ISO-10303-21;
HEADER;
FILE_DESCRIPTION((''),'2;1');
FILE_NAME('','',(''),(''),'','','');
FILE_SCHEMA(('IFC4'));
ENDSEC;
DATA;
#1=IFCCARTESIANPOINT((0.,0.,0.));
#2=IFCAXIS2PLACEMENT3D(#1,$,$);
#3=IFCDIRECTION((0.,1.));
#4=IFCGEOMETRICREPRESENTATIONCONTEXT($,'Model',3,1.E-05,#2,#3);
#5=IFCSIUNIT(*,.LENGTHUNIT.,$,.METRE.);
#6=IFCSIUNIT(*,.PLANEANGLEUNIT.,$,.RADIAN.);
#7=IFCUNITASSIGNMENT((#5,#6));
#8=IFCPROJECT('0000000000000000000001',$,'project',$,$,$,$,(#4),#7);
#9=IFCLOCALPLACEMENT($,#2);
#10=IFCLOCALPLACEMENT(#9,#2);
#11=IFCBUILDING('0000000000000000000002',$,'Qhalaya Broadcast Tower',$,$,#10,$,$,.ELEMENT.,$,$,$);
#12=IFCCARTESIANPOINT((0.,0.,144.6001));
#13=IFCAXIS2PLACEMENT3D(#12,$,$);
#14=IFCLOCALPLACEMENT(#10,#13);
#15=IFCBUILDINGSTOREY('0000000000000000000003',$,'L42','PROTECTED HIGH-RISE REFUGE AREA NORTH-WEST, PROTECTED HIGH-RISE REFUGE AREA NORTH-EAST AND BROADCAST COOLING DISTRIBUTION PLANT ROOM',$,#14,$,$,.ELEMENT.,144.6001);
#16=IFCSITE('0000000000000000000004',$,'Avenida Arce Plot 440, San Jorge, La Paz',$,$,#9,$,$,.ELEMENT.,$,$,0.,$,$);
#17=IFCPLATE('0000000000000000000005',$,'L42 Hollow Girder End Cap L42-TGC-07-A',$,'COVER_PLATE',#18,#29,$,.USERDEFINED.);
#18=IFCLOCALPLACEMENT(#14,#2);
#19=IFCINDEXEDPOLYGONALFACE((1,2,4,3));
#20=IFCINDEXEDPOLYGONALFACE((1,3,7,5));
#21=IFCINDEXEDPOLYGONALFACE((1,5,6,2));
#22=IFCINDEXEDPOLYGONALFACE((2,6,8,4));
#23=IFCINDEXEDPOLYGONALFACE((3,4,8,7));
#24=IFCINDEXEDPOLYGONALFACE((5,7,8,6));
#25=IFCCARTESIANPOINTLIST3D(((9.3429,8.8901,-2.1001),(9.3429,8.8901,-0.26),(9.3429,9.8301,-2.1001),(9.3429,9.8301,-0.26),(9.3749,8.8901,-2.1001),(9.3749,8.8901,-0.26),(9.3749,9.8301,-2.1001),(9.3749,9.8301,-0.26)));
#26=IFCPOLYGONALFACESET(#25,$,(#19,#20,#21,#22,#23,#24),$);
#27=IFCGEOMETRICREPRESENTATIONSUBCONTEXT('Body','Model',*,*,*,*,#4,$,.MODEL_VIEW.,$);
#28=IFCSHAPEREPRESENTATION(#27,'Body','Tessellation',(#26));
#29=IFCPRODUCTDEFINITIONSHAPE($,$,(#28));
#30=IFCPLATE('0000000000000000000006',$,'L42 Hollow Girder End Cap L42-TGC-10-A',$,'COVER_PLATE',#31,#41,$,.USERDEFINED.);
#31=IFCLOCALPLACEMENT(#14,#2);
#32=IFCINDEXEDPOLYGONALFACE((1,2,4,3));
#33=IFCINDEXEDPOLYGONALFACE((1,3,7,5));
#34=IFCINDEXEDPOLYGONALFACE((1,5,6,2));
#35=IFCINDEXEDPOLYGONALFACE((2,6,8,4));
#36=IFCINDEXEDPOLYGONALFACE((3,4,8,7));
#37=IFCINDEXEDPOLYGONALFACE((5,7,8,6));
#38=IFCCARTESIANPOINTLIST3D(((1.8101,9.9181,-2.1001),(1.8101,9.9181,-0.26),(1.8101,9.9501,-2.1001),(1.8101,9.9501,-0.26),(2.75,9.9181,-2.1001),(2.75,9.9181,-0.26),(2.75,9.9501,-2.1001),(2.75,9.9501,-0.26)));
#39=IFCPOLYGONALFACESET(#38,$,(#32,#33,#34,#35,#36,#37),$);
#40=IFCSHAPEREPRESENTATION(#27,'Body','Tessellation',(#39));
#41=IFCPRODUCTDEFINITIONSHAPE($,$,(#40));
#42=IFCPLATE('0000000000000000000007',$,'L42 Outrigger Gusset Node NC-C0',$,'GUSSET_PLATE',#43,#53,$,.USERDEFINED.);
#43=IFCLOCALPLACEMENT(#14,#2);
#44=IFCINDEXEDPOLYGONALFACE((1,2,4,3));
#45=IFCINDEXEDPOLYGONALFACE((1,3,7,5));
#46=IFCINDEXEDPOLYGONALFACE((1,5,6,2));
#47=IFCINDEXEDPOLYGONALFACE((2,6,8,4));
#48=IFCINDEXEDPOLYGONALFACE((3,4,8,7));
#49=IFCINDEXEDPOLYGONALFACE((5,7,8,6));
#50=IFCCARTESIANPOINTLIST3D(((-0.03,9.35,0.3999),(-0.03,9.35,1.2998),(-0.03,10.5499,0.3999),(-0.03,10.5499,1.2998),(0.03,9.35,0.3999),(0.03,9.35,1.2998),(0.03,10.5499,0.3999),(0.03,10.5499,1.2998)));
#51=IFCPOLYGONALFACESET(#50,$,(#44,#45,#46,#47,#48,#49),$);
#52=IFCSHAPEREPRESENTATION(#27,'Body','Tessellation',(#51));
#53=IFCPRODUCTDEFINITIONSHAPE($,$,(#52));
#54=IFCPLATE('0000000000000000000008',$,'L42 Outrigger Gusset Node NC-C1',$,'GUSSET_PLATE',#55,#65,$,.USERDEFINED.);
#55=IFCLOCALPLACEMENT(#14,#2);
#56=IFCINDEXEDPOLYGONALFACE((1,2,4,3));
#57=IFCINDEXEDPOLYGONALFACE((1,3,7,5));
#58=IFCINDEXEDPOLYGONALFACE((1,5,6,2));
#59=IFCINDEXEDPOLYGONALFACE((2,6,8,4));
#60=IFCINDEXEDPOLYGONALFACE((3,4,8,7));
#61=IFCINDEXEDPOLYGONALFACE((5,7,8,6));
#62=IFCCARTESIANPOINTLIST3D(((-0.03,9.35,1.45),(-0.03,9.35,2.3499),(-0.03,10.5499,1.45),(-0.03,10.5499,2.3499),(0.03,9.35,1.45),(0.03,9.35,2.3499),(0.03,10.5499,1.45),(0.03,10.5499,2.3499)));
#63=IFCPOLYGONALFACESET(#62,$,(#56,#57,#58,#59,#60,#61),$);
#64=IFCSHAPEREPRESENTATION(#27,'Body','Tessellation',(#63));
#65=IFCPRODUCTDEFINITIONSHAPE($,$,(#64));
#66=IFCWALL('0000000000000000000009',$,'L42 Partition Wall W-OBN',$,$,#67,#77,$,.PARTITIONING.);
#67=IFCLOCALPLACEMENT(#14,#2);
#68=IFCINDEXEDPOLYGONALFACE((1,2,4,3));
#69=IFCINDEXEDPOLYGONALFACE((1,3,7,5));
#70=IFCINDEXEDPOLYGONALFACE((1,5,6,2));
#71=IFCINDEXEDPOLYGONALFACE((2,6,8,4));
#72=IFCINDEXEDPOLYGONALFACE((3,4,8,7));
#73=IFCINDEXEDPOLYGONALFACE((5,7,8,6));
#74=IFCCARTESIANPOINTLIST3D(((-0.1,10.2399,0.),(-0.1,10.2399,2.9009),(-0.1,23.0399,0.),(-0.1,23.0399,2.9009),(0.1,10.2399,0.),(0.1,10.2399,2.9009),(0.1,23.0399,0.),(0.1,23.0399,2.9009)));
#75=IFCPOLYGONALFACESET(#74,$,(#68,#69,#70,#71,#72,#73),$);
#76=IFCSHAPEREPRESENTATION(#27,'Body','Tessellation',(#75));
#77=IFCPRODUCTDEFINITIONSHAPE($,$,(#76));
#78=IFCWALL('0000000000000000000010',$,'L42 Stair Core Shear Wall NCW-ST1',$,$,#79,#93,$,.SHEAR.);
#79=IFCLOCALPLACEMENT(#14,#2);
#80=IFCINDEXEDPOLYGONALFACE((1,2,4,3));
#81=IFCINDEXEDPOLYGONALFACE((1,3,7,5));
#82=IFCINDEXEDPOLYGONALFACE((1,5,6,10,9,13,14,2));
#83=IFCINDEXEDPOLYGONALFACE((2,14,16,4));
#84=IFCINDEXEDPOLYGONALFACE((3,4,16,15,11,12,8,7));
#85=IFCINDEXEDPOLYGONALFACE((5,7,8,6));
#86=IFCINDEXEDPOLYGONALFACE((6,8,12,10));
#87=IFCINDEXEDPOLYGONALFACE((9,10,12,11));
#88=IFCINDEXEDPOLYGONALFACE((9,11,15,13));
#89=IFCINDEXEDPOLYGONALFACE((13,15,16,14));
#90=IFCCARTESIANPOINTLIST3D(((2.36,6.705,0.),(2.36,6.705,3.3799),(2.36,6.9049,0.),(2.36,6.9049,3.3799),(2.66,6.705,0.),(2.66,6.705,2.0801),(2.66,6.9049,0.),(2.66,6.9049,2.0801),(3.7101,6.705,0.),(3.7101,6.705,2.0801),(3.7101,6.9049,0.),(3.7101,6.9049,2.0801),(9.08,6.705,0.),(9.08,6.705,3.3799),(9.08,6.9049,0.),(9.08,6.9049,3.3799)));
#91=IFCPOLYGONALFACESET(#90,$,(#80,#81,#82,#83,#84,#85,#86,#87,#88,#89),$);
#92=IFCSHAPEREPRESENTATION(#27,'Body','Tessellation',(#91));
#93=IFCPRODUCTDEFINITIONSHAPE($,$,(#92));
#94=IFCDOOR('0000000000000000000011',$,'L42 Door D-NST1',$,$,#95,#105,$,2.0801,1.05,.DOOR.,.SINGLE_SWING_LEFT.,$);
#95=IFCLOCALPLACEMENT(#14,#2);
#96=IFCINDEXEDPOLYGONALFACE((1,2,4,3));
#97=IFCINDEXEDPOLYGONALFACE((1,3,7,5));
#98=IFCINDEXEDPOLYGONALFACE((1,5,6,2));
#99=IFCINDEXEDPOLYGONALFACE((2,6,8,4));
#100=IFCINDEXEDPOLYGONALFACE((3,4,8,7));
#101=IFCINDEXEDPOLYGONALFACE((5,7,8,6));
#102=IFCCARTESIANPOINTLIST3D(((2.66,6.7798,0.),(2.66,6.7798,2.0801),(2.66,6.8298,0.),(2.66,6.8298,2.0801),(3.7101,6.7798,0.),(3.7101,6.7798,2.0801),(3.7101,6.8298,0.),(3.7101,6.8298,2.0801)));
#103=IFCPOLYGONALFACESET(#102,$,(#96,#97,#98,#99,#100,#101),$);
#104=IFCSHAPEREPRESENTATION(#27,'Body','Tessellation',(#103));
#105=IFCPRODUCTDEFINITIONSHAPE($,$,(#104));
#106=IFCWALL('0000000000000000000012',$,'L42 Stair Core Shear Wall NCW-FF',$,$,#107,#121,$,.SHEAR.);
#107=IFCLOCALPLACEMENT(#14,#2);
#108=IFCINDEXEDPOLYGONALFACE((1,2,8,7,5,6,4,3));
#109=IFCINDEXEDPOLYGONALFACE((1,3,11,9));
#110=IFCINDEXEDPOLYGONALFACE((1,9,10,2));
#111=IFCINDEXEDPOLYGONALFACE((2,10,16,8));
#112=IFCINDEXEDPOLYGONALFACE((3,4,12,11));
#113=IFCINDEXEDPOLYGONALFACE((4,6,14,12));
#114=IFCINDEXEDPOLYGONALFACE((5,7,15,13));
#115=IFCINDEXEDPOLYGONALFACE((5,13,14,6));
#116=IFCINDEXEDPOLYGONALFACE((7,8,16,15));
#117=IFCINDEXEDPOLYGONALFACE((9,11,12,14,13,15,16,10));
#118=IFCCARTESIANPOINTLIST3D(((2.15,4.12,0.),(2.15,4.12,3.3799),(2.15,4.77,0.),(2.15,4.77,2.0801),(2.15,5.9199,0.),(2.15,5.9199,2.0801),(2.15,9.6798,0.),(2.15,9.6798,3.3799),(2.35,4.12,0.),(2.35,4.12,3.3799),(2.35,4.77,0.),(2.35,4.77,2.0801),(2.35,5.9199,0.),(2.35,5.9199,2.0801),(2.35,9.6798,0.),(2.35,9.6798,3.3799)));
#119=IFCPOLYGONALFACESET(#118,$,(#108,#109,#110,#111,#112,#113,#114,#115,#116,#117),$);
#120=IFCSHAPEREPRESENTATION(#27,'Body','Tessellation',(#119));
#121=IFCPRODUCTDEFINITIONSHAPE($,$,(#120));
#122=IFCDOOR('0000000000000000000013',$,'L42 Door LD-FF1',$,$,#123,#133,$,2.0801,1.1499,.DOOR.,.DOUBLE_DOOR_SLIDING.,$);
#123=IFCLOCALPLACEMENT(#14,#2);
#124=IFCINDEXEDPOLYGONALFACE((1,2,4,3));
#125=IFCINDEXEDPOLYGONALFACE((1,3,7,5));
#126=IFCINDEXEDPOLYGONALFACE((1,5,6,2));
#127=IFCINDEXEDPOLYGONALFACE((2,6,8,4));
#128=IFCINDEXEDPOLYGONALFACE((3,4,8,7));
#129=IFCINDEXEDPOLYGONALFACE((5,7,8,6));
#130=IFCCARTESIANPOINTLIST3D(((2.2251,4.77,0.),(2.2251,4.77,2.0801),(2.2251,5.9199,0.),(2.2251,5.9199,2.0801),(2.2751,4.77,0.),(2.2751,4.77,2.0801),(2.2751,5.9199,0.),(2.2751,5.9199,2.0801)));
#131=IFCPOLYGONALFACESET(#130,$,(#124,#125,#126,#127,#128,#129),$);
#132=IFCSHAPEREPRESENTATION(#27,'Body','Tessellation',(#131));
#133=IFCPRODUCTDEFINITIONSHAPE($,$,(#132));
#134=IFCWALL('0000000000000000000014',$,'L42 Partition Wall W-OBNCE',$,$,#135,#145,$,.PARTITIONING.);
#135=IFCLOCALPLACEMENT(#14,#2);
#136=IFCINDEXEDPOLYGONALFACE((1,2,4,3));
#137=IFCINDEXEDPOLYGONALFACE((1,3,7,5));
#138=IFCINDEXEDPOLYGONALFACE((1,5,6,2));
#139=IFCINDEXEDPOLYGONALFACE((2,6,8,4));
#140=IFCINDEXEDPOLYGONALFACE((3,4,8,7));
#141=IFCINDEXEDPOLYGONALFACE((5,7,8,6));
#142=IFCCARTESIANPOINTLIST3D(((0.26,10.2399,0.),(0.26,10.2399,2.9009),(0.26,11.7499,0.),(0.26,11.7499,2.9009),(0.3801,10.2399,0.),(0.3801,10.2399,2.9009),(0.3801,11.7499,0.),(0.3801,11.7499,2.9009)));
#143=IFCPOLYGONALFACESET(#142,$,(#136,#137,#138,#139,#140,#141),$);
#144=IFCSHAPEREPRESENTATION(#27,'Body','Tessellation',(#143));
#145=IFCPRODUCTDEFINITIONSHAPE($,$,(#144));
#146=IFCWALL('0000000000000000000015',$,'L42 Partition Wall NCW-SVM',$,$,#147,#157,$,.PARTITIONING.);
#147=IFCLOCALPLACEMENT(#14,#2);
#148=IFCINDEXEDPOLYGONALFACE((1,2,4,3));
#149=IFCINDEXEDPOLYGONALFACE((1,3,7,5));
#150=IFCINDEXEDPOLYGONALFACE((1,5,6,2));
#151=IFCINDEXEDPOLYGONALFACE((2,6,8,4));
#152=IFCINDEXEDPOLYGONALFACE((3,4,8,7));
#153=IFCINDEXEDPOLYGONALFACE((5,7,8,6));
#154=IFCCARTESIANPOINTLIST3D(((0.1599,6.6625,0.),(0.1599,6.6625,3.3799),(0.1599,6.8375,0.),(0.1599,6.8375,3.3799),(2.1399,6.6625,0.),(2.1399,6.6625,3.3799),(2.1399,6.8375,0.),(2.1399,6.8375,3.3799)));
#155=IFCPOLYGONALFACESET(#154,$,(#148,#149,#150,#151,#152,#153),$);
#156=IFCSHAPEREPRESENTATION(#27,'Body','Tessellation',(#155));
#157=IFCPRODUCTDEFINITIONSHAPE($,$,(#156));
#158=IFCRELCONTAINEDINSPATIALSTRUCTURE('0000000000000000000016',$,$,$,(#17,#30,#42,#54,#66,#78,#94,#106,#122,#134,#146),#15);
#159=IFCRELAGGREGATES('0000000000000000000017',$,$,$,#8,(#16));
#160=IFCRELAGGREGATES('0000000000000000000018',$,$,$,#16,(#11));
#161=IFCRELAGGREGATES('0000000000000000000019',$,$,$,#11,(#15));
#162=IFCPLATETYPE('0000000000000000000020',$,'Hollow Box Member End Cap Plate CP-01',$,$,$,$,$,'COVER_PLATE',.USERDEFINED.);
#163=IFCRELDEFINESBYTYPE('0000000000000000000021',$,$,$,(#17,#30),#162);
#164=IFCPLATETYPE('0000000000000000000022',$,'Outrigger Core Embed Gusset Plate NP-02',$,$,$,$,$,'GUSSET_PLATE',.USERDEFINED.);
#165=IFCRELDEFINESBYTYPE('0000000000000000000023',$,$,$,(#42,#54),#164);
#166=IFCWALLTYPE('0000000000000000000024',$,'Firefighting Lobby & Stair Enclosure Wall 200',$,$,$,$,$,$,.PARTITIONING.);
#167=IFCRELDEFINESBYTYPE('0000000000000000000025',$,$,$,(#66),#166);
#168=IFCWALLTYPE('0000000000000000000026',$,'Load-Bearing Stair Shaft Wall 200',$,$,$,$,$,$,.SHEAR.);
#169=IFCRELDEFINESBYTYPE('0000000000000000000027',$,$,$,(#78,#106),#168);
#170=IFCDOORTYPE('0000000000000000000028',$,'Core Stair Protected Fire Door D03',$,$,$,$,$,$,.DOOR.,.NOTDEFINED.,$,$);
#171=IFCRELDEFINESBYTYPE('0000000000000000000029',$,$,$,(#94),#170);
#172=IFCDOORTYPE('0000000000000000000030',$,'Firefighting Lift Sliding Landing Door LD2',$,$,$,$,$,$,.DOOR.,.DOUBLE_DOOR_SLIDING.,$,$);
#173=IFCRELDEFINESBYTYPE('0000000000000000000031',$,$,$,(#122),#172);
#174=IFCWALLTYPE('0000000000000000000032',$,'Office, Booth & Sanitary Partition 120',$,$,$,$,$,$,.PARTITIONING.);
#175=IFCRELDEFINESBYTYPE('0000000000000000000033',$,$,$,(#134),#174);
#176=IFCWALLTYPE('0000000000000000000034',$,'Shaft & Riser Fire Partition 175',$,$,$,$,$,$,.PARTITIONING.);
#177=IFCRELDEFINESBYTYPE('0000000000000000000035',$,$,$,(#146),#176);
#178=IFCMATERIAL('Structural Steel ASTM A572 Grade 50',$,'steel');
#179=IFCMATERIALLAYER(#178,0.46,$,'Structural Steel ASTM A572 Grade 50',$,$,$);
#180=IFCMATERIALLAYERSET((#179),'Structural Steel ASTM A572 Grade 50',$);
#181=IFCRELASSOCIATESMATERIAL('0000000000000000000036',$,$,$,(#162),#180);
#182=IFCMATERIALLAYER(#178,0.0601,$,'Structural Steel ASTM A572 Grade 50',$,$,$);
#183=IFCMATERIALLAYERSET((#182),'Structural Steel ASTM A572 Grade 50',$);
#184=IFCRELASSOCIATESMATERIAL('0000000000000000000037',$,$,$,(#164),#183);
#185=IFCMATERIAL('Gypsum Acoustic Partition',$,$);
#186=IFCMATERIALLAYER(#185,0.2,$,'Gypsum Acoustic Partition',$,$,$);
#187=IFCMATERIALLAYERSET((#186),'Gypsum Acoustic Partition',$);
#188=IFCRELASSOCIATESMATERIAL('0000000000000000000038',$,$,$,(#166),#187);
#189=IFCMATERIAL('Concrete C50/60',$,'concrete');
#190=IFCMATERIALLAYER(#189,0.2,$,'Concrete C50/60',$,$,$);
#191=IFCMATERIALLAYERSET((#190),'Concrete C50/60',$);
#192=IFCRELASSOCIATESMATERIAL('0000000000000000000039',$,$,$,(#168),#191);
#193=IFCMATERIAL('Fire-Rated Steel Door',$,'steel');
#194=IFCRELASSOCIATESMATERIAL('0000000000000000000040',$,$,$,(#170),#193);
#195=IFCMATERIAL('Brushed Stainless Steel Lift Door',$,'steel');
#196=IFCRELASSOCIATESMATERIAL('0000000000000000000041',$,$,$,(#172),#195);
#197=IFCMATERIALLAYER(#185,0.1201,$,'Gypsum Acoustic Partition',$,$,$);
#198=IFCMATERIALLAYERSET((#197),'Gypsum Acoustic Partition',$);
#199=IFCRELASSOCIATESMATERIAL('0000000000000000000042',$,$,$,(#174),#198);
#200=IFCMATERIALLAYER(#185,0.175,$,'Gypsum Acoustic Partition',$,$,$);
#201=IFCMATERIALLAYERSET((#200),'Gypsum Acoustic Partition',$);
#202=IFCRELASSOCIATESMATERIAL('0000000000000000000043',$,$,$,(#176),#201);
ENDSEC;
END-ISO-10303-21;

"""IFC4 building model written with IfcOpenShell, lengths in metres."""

from ifc_helpers import new_model, si_unit, direction, frame, frame_2d, origin, origin_2d, place, context, subcontext, project, spatial, rectangle, extrude, material, layer, layer_set, type_object, element, fill, save


model = new_model("IFC4")

# Units and contexts
model_context = context("Model", 3, precision=1e-05, world=origin(), true_north=direction((0.0, 1.0)))
body_context = subcontext(model_context, "Body", "Model", "MODEL_VIEW")
ifc_project = project(units=[si_unit("LENGTHUNIT", "METRE"), si_unit("PLANEANGLEUNIT", "RADIAN")], contexts=[model_context])

# Site, building, storey
site_placement = place(None, origin())
site = spatial("IfcSite", under=ifc_project, at=site_placement, Name="Avenida Arce Plot 440, San Jorge, La Paz", CompositionType="ELEMENT", RefElevation=0.0)
building_placement = place(site_placement, origin())
building = spatial("IfcBuilding", under=site, at=building_placement, Name="Qhalaya Broadcast Tower", CompositionType="ELEMENT")
storey_placement = place(building_placement, frame((0.0, 0.0, 144.6001)))
storey = spatial("IfcBuildingStorey", under=building, at=storey_placement, Name="L42", Description="PROTECTED HIGH-RISE REFUGE AREA NORTH-WEST, PROTECTED HIGH-RISE REFUGE AREA NORTH-EAST AND BROADCAST COOLING DISTRIBUTION PLANT ROOM", CompositionType="ELEMENT", Elevation=144.6001)

# Shared definitions
ifc_material_1 = material(Name="Concrete C50/60", Category="concrete")

# Shared definitions
ifc_material_2 = material(Name="Structural Steel ASTM A572 Grade 50", Category="steel")

# Plates
ifc_layer_1 = layer(ifc_material_2, 0.46, Name="Structural Steel ASTM A572 Grade 50")
ifc_layer_set_1 = layer_set([ifc_layer_1], Name="Structural Steel ASTM A572 Grade 50")
plate_type_1 = type_object("IfcPlateType", Name="Hollow Box Member End Cap Plate CP-01", ElementType="COVER_PLATE", PredefinedType="USERDEFINED", material=ifc_layer_set_1)
for number, where, z_axis, x_axis, name in (
    (1, (9.3589, 9.3601, -2.1001), (0.0, 0.0, 1.0), (0.0, 1.0, 0.0), "L42 Hollow Girder End Cap L42-TGC-07-A"),
    (2, (2.28, 9.9341, -2.1001), (0.0, 0.0, 1.0), (-1.0, 0.0, 0.0), "L42 Hollow Girder End Cap L42-TGC-10-A"),
):
    element("IfcPlate", number, at=place(storey_placement, frame(where, z_axis=z_axis, x_axis=x_axis)), inside=storey, type_object=plate_type_1, Name=name, ObjectType="COVER_PLATE", PredefinedType="USERDEFINED", context=body_context, shape_type="SweptSolid", body=[
        extrude(rectangle(XDim=0.9399, YDim=0.032, at=origin_2d()), origin(), (0.0, 0.0, 1.0), 1.8401),
    ])
ifc_layer_2 = layer(ifc_material_2, 0.0601, Name="Structural Steel ASTM A572 Grade 50")
ifc_layer_set_2 = layer_set([ifc_layer_2], Name="Structural Steel ASTM A572 Grade 50")
plate_type_2 = type_object("IfcPlateType", Name="Outrigger Core Embed Gusset Plate NP-02", ElementType="GUSSET_PLATE", PredefinedType="USERDEFINED", material=ifc_layer_set_2)
for number, where, z_axis, x_axis, name in (
    (3, (0.0, 9.95, 0.3999), (0.0, 0.0, 1.0), (0.0, 1.0, 0.0), "L42 Outrigger Gusset Node NC-C0"),
    (4, (0.0, 9.95, 1.45), (0.0, 0.0, 1.0), (0.0, 1.0, 0.0), "L42 Outrigger Gusset Node NC-C1"),
):
    element("IfcPlate", number, at=place(storey_placement, frame(where, z_axis=z_axis, x_axis=x_axis)), inside=storey, type_object=plate_type_2, Name=name, ObjectType="GUSSET_PLATE", PredefinedType="USERDEFINED", context=body_context, shape_type="SweptSolid", body=[
        extrude(rectangle(XDim=1.2, YDim=0.0601, at=origin_2d()), origin(), (0.0, 0.0, 1.0), 0.8999),
    ])

# Wall
ifc_material_3 = material(Name="Gypsum Acoustic Partition")
ifc_layer_3 = layer(ifc_material_3, 0.2, Name="Gypsum Acoustic Partition")
ifc_layer_set_3 = layer_set([ifc_layer_3], Name="Gypsum Acoustic Partition")
wall_type_1 = type_object("IfcWallType", Name="Firefighting Lobby & Stair Enclosure Wall 200", PredefinedType="PARTITIONING", material=ifc_layer_set_3)
wall_1_placement = place(storey_placement, frame((0.0, 10.24, 0.0), z_axis=(0.0, 0.0, 1.0), x_axis=(0.0, 1.0, 0.0)))
element("IfcWall", 5, at=wall_1_placement, inside=storey, type_object=wall_type_1, Name="L42 Partition Wall W-OBN", PredefinedType="PARTITIONING", context=body_context, shape_type="SweptSolid", body=[
    extrude(rectangle(XDim=12.8, YDim=0.2, at=frame_2d((6.3999, 0.0))), origin(), (0.0, 0.0, 1.0), 2.9009),
])

# Walls, openings, doors
ifc_layer_4 = layer(ifc_material_1, 0.2, Name="Concrete C50/60")
ifc_layer_set_4 = layer_set([ifc_layer_4], Name="Concrete C50/60")
wall_type_2 = type_object("IfcWallType", Name="Load-Bearing Stair Shaft Wall 200", PredefinedType="SHEAR", material=ifc_layer_set_4)
wall_2_placement = place(storey_placement, frame((2.3601, 6.8049, 0.0), z_axis=(0.0, 0.0, 1.0), x_axis=(1.0, 0.0, 0.0)))
wall_2 = element("IfcWall", 6, at=wall_2_placement, inside=storey, type_object=wall_type_2, Name="L42 Stair Core Shear Wall NCW-ST1", PredefinedType="SHEAR", context=body_context, shape_type="SweptSolid", body=[
    extrude(rectangle(XDim=6.72, YDim=0.2, at=frame_2d((3.3599, 0.0))), origin(), (0.0, 0.0, 1.0), 3.3799),
])
opening_1_placement = place(wall_2_placement, frame((0.3, 0.0, 0.0)))
opening_1 = element("IfcOpeningElement", 7, at=opening_1_placement, cuts=wall_2, PredefinedType="OPENING", context=body_context, shape_type="SweptSolid", body=[
    extrude(rectangle(XDim=1.05, YDim=2.0801, at=frame_2d((0.5249, 1.04))), frame((0.0, 0.1121, 0.0), z_axis=(0.0, -1.0, 0.0), x_axis=(1.0, 0.0, 0.0)), (0.0, 0.0, 1.0), 0.2239),
])
ifc_material_4 = material(Name="Fire-Rated Steel Door", Category="steel")
door_type_1 = type_object("IfcDoorType", Name="Core Stair Protected Fire Door D03", OperationType="NOTDEFINED", PredefinedType="DOOR", material=ifc_material_4)
door_1_placement = place(opening_1_placement, origin())
door_1 = element("IfcDoor", 8, at=door_1_placement, inside=storey, type_object=door_type_1, Name="L42 Door D-NST1", OperationType="SINGLE_SWING_LEFT", OverallHeight=2.0801, OverallWidth=1.05, PredefinedType="DOOR", context=body_context, shape_type="SweptSolid", body=[
    extrude(rectangle(XDim=1.05, YDim=2.0801, at=frame_2d((0.5249, 1.04))), frame((0.0, 0.0249, 0.0), z_axis=(0.0, -1.0, 0.0), x_axis=(1.0, 0.0, 0.0)), (0.0, 0.0, 1.0), 0.05),
])
fill(opening_1, door_1)
wall_3_placement = place(storey_placement, frame((2.25, 4.1201, 0.0), z_axis=(0.0, 0.0, 1.0), x_axis=(0.0, 1.0, 0.0)))
wall_3 = element("IfcWall", 9, at=wall_3_placement, inside=storey, type_object=wall_type_2, Name="L42 Stair Core Shear Wall NCW-FF", PredefinedType="SHEAR", context=body_context, shape_type="SweptSolid", body=[
    extrude(rectangle(XDim=5.5598, YDim=0.2, at=frame_2d((2.7798, 0.0))), origin(), (0.0, 0.0, 1.0), 3.3799),
])
opening_2_placement = place(wall_3_placement, frame((0.6499, 0.0, 0.0)))
opening_2 = element("IfcOpeningElement", 10, at=opening_2_placement, cuts=wall_3, PredefinedType="OPENING", context=body_context, shape_type="SweptSolid", body=[
    extrude(rectangle(XDim=1.1499, YDim=2.0801, at=frame_2d((0.575, 1.04))), frame((0.0, 0.1121, 0.0), z_axis=(0.0, -1.0, 0.0), x_axis=(1.0, 0.0, 0.0)), (0.0, 0.0, 1.0), 0.2239),
])
ifc_material_5 = material(Name="Brushed Stainless Steel Lift Door", Category="steel")
door_type_2 = type_object("IfcDoorType", Name="Firefighting Lift Sliding Landing Door LD2", OperationType="DOUBLE_DOOR_SLIDING", PredefinedType="DOOR", material=ifc_material_5)
door_2_placement = place(opening_2_placement, origin())
door_2 = element("IfcDoor", 11, at=door_2_placement, inside=storey, type_object=door_type_2, Name="L42 Door LD-FF1", OperationType="DOUBLE_DOOR_SLIDING", OverallHeight=2.0801, OverallWidth=1.1499, PredefinedType="DOOR", context=body_context, shape_type="SweptSolid", body=[
    extrude(rectangle(XDim=1.1499, YDim=2.0801, at=frame_2d((0.575, 1.04))), frame((0.0, 0.0249, 0.0), z_axis=(0.0, -1.0, 0.0), x_axis=(1.0, 0.0, 0.0)), (0.0, 0.0, 1.0), 0.05),
])
fill(opening_2, door_2)

# Wall
ifc_layer_5 = layer(ifc_material_3, 0.1201, Name="Gypsum Acoustic Partition")
ifc_layer_set_5 = layer_set([ifc_layer_5], Name="Gypsum Acoustic Partition")
wall_type_3 = type_object("IfcWallType", Name="Office, Booth & Sanitary Partition 120", PredefinedType="PARTITIONING", material=ifc_layer_set_5)
wall_4_placement = place(storey_placement, frame((0.3201, 10.24, 0.0), z_axis=(0.0, 0.0, 1.0), x_axis=(0.0, 1.0, 0.0)))
element("IfcWall", 12, at=wall_4_placement, inside=storey, type_object=wall_type_3, Name="L42 Partition Wall W-OBNCE", PredefinedType="PARTITIONING", context=body_context, shape_type="SweptSolid", body=[
    extrude(rectangle(XDim=1.51, YDim=0.1201, at=frame_2d((0.7549, 0.0))), origin(), (0.0, 0.0, 1.0), 2.9009),
])

# Shared definitions
ifc_layer_6 = layer(ifc_material_3, 0.175, Name="Gypsum Acoustic Partition")
ifc_layer_set_6 = layer_set([ifc_layer_6], Name="Gypsum Acoustic Partition")
wall_type_4 = type_object("IfcWallType", Name="Shaft & Riser Fire Partition 175", PredefinedType="PARTITIONING", material=ifc_layer_set_6)

# Wall
wall_5_placement = place(storey_placement, frame((0.1599, 6.75, 0.0), z_axis=(0.0, 0.0, 1.0), x_axis=(1.0, 0.0, 0.0)))
element("IfcWall", 13, at=wall_5_placement, inside=storey, type_object=wall_type_4, Name="L42 Partition Wall NCW-SVM", PredefinedType="PARTITIONING", context=body_context, shape_type="SweptSolid", body=[
    extrude(rectangle(XDim=1.98, YDim=0.175, at=frame_2d((0.99, 0.0))), origin(), (0.0, 0.0, 1.0), 3.3799),
])

save(model, "model.ifc")
